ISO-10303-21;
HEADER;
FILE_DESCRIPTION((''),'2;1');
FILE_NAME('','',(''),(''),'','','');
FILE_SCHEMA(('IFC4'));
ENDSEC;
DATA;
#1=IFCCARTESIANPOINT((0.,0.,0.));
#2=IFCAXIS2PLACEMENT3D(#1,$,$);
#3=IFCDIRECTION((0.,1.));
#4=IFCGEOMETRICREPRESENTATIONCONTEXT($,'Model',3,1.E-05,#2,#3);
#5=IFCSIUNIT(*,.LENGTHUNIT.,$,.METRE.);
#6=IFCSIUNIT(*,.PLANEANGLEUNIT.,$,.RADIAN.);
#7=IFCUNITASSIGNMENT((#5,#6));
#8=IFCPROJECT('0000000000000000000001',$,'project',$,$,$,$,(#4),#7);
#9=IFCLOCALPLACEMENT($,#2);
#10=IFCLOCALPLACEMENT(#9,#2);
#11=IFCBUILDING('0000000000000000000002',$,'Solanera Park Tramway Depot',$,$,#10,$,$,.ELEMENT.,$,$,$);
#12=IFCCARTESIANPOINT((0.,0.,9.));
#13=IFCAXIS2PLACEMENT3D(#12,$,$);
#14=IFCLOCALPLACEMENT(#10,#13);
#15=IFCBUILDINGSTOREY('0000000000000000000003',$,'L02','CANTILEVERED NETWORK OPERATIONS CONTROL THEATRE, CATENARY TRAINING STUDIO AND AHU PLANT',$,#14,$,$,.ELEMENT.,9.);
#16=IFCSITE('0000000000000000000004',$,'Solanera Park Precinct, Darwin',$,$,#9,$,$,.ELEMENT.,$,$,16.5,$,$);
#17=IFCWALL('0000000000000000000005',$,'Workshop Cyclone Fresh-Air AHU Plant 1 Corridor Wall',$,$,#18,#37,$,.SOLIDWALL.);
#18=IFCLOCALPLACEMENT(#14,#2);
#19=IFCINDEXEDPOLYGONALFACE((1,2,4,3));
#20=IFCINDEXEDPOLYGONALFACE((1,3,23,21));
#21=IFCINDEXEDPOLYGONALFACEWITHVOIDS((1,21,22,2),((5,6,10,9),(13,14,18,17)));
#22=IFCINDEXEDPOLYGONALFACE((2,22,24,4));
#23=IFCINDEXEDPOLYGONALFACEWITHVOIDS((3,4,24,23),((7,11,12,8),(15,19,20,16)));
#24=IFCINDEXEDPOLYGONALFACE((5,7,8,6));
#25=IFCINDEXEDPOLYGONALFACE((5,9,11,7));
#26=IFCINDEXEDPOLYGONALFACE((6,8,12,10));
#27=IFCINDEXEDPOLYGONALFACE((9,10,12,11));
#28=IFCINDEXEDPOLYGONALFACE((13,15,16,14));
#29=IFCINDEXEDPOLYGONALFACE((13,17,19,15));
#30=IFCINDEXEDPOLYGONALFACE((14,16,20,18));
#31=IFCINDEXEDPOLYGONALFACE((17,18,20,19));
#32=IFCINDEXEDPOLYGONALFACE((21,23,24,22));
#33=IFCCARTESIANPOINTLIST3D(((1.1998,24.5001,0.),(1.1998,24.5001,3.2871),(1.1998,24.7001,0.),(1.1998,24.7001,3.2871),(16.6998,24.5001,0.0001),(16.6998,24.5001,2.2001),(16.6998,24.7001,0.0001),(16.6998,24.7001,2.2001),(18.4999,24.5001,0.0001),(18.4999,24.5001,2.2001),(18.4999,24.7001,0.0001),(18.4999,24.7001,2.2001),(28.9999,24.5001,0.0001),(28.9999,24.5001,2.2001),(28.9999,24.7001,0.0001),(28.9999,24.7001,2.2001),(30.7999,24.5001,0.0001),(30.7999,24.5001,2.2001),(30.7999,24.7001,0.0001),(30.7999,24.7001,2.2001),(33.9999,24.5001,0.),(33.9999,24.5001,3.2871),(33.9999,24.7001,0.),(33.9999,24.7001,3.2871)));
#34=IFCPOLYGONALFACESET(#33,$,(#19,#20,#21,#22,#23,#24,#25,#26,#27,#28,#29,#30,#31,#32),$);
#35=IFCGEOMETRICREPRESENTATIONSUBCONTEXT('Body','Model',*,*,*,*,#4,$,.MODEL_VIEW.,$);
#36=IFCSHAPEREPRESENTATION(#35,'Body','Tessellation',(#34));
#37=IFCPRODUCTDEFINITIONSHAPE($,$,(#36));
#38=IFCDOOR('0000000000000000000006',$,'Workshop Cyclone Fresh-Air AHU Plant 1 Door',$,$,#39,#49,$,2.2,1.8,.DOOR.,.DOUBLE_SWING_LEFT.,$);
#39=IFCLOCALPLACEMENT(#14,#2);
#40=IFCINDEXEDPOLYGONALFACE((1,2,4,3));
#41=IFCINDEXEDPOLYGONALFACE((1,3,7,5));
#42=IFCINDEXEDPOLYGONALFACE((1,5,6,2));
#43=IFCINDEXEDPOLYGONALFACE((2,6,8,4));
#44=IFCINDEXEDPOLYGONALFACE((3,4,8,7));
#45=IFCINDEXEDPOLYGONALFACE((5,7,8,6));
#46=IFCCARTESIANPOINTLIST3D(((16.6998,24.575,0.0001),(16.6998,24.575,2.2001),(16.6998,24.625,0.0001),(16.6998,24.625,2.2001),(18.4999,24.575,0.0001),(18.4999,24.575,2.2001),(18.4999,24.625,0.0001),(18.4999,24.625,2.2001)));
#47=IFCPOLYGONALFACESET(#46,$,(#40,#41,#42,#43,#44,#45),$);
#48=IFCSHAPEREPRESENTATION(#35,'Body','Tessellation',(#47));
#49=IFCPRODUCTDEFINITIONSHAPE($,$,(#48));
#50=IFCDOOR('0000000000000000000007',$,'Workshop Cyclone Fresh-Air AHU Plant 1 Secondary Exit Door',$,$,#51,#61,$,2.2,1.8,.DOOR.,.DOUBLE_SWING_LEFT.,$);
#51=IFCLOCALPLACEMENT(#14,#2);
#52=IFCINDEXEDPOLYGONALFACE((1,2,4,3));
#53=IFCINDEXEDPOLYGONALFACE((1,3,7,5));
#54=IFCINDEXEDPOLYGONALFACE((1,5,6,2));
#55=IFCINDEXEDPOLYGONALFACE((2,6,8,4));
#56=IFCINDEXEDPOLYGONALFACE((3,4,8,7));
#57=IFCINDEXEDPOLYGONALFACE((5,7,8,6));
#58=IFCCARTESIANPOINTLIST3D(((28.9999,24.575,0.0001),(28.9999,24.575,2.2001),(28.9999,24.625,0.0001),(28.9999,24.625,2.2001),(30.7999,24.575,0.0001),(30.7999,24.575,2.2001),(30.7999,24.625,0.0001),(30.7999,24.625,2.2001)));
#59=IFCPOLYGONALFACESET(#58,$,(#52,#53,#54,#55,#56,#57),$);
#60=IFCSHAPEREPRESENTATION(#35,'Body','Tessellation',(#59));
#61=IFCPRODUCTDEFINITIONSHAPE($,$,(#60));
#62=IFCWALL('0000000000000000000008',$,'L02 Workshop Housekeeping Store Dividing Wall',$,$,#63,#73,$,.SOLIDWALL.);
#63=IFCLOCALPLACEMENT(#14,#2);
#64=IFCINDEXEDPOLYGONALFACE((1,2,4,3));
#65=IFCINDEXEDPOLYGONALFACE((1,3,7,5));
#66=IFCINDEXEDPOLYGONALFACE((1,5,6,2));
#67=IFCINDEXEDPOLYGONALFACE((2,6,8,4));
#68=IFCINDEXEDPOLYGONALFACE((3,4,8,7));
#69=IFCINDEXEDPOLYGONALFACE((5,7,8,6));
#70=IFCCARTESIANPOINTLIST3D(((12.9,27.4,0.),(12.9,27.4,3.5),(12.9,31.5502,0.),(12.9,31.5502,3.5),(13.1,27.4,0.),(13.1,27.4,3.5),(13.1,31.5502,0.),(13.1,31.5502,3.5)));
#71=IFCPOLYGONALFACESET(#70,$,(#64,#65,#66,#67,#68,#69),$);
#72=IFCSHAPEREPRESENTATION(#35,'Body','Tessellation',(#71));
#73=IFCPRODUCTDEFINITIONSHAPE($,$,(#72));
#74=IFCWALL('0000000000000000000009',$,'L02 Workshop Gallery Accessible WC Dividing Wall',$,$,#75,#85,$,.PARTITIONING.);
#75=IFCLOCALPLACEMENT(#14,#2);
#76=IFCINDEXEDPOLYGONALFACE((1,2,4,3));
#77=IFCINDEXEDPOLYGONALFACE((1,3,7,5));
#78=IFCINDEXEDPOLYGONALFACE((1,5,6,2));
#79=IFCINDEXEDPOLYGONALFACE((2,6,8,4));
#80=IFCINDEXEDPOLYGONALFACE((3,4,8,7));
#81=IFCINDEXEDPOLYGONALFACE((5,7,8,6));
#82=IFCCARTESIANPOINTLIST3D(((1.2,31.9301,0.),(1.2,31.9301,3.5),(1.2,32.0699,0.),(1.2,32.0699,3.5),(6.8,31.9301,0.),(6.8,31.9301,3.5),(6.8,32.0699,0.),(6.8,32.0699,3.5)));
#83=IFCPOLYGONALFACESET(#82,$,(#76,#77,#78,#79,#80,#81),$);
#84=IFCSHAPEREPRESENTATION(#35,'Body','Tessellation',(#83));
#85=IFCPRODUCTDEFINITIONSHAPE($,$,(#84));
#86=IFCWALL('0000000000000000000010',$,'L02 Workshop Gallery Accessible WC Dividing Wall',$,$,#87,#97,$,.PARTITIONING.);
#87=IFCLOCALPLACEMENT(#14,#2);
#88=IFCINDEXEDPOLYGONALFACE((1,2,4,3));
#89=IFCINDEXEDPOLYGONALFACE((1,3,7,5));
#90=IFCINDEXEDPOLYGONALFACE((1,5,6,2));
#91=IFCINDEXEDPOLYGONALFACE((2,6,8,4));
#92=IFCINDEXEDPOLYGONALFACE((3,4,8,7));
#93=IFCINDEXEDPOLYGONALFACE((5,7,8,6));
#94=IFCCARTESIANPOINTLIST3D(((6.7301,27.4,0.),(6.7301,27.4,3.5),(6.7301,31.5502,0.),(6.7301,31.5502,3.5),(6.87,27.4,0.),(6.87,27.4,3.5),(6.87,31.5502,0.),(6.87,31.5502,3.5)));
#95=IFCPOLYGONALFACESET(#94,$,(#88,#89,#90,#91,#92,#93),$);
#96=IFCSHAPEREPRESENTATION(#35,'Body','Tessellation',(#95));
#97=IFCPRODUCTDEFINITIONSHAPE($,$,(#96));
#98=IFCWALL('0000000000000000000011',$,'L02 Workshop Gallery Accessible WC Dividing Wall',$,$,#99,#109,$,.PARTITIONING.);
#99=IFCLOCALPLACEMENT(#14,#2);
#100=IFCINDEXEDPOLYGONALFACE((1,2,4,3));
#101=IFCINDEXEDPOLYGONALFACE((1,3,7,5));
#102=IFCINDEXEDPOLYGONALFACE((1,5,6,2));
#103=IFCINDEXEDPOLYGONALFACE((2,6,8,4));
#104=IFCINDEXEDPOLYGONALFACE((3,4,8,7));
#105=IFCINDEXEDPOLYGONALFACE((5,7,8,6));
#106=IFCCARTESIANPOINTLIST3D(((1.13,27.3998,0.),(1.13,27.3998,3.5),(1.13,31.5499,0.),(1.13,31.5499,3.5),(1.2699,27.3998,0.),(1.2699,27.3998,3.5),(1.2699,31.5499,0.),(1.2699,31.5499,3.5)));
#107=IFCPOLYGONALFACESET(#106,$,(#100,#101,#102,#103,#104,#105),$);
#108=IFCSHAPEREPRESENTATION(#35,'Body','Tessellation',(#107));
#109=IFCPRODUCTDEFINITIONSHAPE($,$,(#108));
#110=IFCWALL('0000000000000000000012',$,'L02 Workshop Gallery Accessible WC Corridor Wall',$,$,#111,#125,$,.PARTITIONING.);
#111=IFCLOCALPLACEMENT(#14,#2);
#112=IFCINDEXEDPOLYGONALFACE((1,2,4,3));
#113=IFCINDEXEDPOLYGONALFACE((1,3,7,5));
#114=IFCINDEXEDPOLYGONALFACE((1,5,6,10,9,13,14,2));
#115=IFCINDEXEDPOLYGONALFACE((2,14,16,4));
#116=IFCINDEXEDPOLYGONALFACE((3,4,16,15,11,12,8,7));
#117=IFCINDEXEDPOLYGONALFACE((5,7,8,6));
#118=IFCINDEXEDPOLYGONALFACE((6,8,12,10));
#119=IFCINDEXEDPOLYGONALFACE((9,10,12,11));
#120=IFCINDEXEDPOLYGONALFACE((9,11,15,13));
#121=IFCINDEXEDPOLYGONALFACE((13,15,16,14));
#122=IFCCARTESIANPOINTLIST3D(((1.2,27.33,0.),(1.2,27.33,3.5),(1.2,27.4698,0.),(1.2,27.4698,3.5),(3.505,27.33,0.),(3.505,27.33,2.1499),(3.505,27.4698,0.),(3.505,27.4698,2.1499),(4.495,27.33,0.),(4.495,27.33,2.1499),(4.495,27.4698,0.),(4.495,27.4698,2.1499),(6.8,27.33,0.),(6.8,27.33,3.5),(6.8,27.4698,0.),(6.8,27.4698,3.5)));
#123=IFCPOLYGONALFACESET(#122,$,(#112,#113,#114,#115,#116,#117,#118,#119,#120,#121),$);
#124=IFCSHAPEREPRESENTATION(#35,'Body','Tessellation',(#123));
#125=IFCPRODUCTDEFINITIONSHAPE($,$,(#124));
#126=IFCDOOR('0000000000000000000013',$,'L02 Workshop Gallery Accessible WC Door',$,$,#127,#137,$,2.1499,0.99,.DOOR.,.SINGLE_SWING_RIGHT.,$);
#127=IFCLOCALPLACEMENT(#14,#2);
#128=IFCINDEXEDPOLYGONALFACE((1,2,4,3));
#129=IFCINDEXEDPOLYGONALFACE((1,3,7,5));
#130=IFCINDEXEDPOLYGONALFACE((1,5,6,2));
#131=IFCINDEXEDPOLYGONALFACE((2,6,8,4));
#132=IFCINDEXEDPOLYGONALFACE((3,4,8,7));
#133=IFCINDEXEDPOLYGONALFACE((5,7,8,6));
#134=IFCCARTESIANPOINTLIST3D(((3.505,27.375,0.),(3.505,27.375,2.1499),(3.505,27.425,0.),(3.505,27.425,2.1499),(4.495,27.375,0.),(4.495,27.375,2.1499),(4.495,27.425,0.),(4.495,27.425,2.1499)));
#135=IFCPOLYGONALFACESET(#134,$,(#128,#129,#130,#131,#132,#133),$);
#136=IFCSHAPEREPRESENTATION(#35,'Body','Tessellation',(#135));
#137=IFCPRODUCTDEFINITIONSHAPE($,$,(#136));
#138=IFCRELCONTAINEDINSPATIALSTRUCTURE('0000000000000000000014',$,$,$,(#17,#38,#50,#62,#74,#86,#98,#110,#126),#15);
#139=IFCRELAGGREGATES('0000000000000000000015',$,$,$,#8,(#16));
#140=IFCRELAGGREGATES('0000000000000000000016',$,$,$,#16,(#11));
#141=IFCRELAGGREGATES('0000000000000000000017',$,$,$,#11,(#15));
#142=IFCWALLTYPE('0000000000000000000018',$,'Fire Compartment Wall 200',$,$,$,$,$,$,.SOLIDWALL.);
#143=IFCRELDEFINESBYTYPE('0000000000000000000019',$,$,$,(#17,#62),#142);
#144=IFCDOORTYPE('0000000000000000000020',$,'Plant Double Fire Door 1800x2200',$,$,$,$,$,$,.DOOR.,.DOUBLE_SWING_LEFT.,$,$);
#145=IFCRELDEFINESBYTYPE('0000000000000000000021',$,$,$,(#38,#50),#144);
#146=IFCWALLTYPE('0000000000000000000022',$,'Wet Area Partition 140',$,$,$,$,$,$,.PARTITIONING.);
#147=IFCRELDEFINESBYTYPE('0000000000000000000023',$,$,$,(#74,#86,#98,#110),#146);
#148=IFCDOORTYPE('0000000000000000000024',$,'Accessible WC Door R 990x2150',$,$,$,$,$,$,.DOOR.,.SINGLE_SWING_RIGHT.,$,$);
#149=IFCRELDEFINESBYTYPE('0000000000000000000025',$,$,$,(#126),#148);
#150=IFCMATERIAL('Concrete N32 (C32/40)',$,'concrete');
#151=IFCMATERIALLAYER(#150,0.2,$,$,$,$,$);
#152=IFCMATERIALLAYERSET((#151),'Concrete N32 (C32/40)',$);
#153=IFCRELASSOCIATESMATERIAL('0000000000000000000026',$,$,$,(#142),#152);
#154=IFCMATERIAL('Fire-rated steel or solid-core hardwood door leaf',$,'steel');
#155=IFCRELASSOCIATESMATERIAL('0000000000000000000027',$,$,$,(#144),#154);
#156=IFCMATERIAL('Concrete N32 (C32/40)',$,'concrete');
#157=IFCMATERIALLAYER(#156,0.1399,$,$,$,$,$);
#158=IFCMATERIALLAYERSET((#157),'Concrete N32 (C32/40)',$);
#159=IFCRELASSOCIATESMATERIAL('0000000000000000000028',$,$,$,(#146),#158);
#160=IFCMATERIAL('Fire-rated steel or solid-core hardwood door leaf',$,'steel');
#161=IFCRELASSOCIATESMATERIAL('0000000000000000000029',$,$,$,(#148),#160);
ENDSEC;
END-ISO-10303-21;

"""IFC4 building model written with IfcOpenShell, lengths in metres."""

from ifc_helpers import new_model, si_unit, direction, frame, frame_2d, origin, place, context, subcontext, project, spatial, rectangle, extrude, material, layer, layer_set, type_object, element, fill, save


model = new_model("IFC4")

# Units and contexts
model_context = context("Model", 3, precision=1e-05, world=origin(), true_north=direction((0.0, 1.0)))
body_context = subcontext(model_context, "Body", "Model", "MODEL_VIEW")
ifc_project = project(units=[si_unit("LENGTHUNIT", "METRE"), si_unit("PLANEANGLEUNIT", "RADIAN")], contexts=[model_context])

# Site, building, storey
site_placement = place(None, origin())
site = spatial("IfcSite", under=ifc_project, at=site_placement, Name="Solanera Park Precinct, Darwin", CompositionType="ELEMENT", RefElevation=16.5)
building_placement = place(site_placement, origin())
building = spatial("IfcBuilding", under=site, at=building_placement, Name="Solanera Park Tramway Depot", CompositionType="ELEMENT")
storey_placement = place(building_placement, frame((0.0, 0.0, 9.0)))
storey = spatial("IfcBuildingStorey", under=building, at=storey_placement, Name="L02", Description="CANTILEVERED NETWORK OPERATIONS CONTROL THEATRE, CATENARY TRAINING STUDIO AND AHU PLANT", CompositionType="ELEMENT", Elevation=9.0)

# Shared definitions
ifc_material_1 = material(Name="Concrete N32 (C32/40)", Category="concrete")
ifc_layer_1 = layer(ifc_material_1, 0.2)
ifc_layer_set_1 = layer_set([ifc_layer_1], Name="Concrete N32 (C32/40)")
wall_type_1 = type_object("IfcWallType", Name="Fire Compartment Wall 200", PredefinedType="SOLIDWALL", material=ifc_layer_set_1)

# Wall, openings, doors
wall_1_placement = place(storey_placement, frame((1.2, 24.6001, 0.0), z_axis=(0.0, 0.0, 1.0), x_axis=(1.0, 0.0, 0.0)))
wall_1 = element("IfcWall", 1, at=wall_1_placement, inside=storey, type_object=wall_type_1, Name="Workshop Cyclone Fresh-Air AHU Plant 1 Corridor Wall", PredefinedType="SOLIDWALL", context=body_context, shape_type="SweptSolid", body=[
    extrude(rectangle(XDim=32.8, YDim=0.2, at=frame_2d((16.3999, 0.0))), origin(), (0.0, 0.0, 1.0), 3.2871),
])
opening_1_placement = place(wall_1_placement, frame((15.5, 0.0, 0.0)))
opening_1 = element("IfcOpeningElement", 2, at=opening_1_placement, cuts=wall_1, PredefinedType="OPENING", context=body_context, shape_type="SweptSolid", body=[
    extrude(rectangle(XDim=1.8, YDim=2.2, at=frame_2d((0.8999, 1.1001))), frame((0.0, 0.1099, 0.0), z_axis=(0.0, -1.0, 0.0), x_axis=(1.0, 0.0, 0.0)), (0.0, 0.0, 1.0), 0.22),
])
opening_2_placement = place(wall_1_placement, frame((27.8, 0.0, 0.0)))
opening_2 = element("IfcOpeningElement", 3, at=opening_2_placement, cuts=wall_1, PredefinedType="OPENING", context=body_context, shape_type="SweptSolid", body=[
    extrude(rectangle(XDim=1.8, YDim=2.2, at=frame_2d((0.8999, 1.1001))), frame((0.0, 0.1099, 0.0), z_axis=(0.0, -1.0, 0.0), x_axis=(1.0, 0.0, 0.0)), (0.0, 0.0, 1.0), 0.22),
])
ifc_material_2 = material(Name="Fire-rated steel or solid-core hardwood door leaf", Category="steel")
door_type_1 = type_object("IfcDoorType", Name="Plant Double Fire Door 1800x2200", OperationType="DOUBLE_SWING_LEFT", PredefinedType="DOOR", material=ifc_material_2)
door_1_placement = place(opening_1_placement, origin())
door_1 = element("IfcDoor", 4, at=door_1_placement, inside=storey, type_object=door_type_1, Name="Workshop Cyclone Fresh-Air AHU Plant 1 Door", OperationType="DOUBLE_SWING_LEFT", OverallHeight=2.2, OverallWidth=1.8, PredefinedType="DOOR", context=body_context, shape_type="SweptSolid", body=[
    extrude(rectangle(XDim=1.8, YDim=2.2, at=frame_2d((0.8999, 1.1001))), frame((0.0, 0.0249, 0.0), z_axis=(0.0, -1.0, 0.0), x_axis=(1.0, 0.0, 0.0)), (0.0, 0.0, 1.0), 0.05),
])
fill(opening_1, door_1)
door_2_placement = place(opening_2_placement, origin())
door_2 = element("IfcDoor", 5, at=door_2_placement, inside=storey, type_object=door_type_1, Name="Workshop Cyclone Fresh-Air AHU Plant 1 Secondary Exit Door", OperationType="DOUBLE_SWING_LEFT", OverallHeight=2.2, OverallWidth=1.8, PredefinedType="DOOR", context=body_context, shape_type="SweptSolid", body=[
    extrude(rectangle(XDim=1.8, YDim=2.2, at=frame_2d((0.8999, 1.1001))), frame((0.0, 0.0249, 0.0), z_axis=(0.0, -1.0, 0.0), x_axis=(1.0, 0.0, 0.0)), (0.0, 0.0, 1.0), 0.05),
])
fill(opening_2, door_2)

# Wall
wall_2_placement = place(storey_placement, frame((13.0, 27.3999, 0.0), z_axis=(0.0, 0.0, 1.0), x_axis=(0.0, 1.0, 0.0)))
element("IfcWall", 6, at=wall_2_placement, inside=storey, type_object=wall_type_1, Name="L02 Workshop Housekeeping Store Dividing Wall", PredefinedType="SOLIDWALL", context=body_context, shape_type="SweptSolid", body=[
    extrude(rectangle(XDim=4.1501, YDim=0.2, at=frame_2d((2.0752, 0.0))), origin(), (0.0, 0.0, 1.0), 3.5),
])

# Walls
ifc_material_3 = material(Name="Concrete N32 (C32/40)", Category="concrete")
ifc_layer_2 = layer(ifc_material_3, 0.1399)
ifc_layer_set_2 = layer_set([ifc_layer_2], Name="Concrete N32 (C32/40)")
wall_type_2 = type_object("IfcWallType", Name="Wet Area Partition 140", PredefinedType="PARTITIONING", material=ifc_layer_set_2)
wall_3_placement = place(storey_placement, frame((1.2, 32.0, 0.0), z_axis=(0.0, 0.0, 1.0), x_axis=(1.0, 0.0, 0.0)))
element("IfcWall", 7, at=wall_3_placement, inside=storey, type_object=wall_type_2, Name="L02 Workshop Gallery Accessible WC Dividing Wall", PredefinedType="PARTITIONING", context=body_context, shape_type="SweptSolid", body=[
    extrude(rectangle(XDim=5.6001, YDim=0.1399, at=frame_2d((2.8, 0.0))), origin(), (0.0, 0.0, 1.0), 3.5),
])
for number, where, z_axis, x_axis, name in (
    (8, (6.8, 27.3999, 0.0), (0.0, 0.0, 1.0), (0.0, 1.0, 0.0), "L02 Workshop Gallery Accessible WC Dividing Wall"),
    (9, (1.2, 31.55, 0.0), (0.0, 0.0, 1.0), (0.0, -1.0, 0.0), "L02 Workshop Gallery Accessible WC Dividing Wall"),
):
    element("IfcWall", number, at=place(storey_placement, frame(where, z_axis=z_axis, x_axis=x_axis)), inside=storey, type_object=wall_type_2, Name=name, PredefinedType="PARTITIONING", context=body_context, shape_type="SweptSolid", body=[
        extrude(rectangle(XDim=4.1501, YDim=0.1399, at=frame_2d((2.0752, 0.0))), origin(), (0.0, 0.0, 1.0), 3.5),
    ])

# Wall, opening, door
wall_4_placement = place(storey_placement, frame((6.8, 27.3999, 0.0), z_axis=(0.0, 0.0, 1.0), x_axis=(-1.0, 0.0, 0.0)))
wall_4 = element("IfcWall", 10, at=wall_4_placement, inside=storey, type_object=wall_type_2, Name="L02 Workshop Gallery Accessible WC Corridor Wall", PredefinedType="PARTITIONING", context=body_context, shape_type="SweptSolid", body=[
    extrude(rectangle(XDim=5.6001, YDim=0.1399, at=frame_2d((2.8, 0.0))), origin(), (0.0, 0.0, 1.0), 3.5),
])
opening_3_placement = place(wall_4_placement, frame((2.3049, 0.0, 0.0)))
opening_3 = element("IfcOpeningElement", 11, at=opening_3_placement, cuts=wall_4, PredefinedType="OPENING", context=body_context, shape_type="SweptSolid", body=[
    extrude(rectangle(XDim=0.99, YDim=2.1499, at=frame_2d((0.4951, 1.075))), frame((0.0, 0.0801, 0.0), z_axis=(0.0, -1.0, 0.0), x_axis=(1.0, 0.0, 0.0)), (0.0, 0.0, 1.0), 0.1599),
])
ifc_material_4 = material(Name="Fire-rated steel or solid-core hardwood door leaf", Category="steel")
door_type_2 = type_object("IfcDoorType", Name="Accessible WC Door R 990x2150", OperationType="SINGLE_SWING_RIGHT", PredefinedType="DOOR", material=ifc_material_4)
door_3_placement = place(opening_3_placement, origin())
door_3 = element("IfcDoor", 12, at=door_3_placement, inside=storey, type_object=door_type_2, Name="L02 Workshop Gallery Accessible WC Door", OperationType="SINGLE_SWING_RIGHT", OverallHeight=2.1499, OverallWidth=0.99, PredefinedType="DOOR", context=body_context, shape_type="SweptSolid", body=[
    extrude(rectangle(XDim=0.99, YDim=2.1499, at=frame_2d((0.4951, 1.075))), frame((0.0, 0.0249, 0.0), z_axis=(0.0, -1.0, 0.0), x_axis=(1.0, 0.0, 0.0)), (0.0, 0.0, 1.0), 0.05),
])
fill(opening_3, door_3)

save(model, "model.ifc")
